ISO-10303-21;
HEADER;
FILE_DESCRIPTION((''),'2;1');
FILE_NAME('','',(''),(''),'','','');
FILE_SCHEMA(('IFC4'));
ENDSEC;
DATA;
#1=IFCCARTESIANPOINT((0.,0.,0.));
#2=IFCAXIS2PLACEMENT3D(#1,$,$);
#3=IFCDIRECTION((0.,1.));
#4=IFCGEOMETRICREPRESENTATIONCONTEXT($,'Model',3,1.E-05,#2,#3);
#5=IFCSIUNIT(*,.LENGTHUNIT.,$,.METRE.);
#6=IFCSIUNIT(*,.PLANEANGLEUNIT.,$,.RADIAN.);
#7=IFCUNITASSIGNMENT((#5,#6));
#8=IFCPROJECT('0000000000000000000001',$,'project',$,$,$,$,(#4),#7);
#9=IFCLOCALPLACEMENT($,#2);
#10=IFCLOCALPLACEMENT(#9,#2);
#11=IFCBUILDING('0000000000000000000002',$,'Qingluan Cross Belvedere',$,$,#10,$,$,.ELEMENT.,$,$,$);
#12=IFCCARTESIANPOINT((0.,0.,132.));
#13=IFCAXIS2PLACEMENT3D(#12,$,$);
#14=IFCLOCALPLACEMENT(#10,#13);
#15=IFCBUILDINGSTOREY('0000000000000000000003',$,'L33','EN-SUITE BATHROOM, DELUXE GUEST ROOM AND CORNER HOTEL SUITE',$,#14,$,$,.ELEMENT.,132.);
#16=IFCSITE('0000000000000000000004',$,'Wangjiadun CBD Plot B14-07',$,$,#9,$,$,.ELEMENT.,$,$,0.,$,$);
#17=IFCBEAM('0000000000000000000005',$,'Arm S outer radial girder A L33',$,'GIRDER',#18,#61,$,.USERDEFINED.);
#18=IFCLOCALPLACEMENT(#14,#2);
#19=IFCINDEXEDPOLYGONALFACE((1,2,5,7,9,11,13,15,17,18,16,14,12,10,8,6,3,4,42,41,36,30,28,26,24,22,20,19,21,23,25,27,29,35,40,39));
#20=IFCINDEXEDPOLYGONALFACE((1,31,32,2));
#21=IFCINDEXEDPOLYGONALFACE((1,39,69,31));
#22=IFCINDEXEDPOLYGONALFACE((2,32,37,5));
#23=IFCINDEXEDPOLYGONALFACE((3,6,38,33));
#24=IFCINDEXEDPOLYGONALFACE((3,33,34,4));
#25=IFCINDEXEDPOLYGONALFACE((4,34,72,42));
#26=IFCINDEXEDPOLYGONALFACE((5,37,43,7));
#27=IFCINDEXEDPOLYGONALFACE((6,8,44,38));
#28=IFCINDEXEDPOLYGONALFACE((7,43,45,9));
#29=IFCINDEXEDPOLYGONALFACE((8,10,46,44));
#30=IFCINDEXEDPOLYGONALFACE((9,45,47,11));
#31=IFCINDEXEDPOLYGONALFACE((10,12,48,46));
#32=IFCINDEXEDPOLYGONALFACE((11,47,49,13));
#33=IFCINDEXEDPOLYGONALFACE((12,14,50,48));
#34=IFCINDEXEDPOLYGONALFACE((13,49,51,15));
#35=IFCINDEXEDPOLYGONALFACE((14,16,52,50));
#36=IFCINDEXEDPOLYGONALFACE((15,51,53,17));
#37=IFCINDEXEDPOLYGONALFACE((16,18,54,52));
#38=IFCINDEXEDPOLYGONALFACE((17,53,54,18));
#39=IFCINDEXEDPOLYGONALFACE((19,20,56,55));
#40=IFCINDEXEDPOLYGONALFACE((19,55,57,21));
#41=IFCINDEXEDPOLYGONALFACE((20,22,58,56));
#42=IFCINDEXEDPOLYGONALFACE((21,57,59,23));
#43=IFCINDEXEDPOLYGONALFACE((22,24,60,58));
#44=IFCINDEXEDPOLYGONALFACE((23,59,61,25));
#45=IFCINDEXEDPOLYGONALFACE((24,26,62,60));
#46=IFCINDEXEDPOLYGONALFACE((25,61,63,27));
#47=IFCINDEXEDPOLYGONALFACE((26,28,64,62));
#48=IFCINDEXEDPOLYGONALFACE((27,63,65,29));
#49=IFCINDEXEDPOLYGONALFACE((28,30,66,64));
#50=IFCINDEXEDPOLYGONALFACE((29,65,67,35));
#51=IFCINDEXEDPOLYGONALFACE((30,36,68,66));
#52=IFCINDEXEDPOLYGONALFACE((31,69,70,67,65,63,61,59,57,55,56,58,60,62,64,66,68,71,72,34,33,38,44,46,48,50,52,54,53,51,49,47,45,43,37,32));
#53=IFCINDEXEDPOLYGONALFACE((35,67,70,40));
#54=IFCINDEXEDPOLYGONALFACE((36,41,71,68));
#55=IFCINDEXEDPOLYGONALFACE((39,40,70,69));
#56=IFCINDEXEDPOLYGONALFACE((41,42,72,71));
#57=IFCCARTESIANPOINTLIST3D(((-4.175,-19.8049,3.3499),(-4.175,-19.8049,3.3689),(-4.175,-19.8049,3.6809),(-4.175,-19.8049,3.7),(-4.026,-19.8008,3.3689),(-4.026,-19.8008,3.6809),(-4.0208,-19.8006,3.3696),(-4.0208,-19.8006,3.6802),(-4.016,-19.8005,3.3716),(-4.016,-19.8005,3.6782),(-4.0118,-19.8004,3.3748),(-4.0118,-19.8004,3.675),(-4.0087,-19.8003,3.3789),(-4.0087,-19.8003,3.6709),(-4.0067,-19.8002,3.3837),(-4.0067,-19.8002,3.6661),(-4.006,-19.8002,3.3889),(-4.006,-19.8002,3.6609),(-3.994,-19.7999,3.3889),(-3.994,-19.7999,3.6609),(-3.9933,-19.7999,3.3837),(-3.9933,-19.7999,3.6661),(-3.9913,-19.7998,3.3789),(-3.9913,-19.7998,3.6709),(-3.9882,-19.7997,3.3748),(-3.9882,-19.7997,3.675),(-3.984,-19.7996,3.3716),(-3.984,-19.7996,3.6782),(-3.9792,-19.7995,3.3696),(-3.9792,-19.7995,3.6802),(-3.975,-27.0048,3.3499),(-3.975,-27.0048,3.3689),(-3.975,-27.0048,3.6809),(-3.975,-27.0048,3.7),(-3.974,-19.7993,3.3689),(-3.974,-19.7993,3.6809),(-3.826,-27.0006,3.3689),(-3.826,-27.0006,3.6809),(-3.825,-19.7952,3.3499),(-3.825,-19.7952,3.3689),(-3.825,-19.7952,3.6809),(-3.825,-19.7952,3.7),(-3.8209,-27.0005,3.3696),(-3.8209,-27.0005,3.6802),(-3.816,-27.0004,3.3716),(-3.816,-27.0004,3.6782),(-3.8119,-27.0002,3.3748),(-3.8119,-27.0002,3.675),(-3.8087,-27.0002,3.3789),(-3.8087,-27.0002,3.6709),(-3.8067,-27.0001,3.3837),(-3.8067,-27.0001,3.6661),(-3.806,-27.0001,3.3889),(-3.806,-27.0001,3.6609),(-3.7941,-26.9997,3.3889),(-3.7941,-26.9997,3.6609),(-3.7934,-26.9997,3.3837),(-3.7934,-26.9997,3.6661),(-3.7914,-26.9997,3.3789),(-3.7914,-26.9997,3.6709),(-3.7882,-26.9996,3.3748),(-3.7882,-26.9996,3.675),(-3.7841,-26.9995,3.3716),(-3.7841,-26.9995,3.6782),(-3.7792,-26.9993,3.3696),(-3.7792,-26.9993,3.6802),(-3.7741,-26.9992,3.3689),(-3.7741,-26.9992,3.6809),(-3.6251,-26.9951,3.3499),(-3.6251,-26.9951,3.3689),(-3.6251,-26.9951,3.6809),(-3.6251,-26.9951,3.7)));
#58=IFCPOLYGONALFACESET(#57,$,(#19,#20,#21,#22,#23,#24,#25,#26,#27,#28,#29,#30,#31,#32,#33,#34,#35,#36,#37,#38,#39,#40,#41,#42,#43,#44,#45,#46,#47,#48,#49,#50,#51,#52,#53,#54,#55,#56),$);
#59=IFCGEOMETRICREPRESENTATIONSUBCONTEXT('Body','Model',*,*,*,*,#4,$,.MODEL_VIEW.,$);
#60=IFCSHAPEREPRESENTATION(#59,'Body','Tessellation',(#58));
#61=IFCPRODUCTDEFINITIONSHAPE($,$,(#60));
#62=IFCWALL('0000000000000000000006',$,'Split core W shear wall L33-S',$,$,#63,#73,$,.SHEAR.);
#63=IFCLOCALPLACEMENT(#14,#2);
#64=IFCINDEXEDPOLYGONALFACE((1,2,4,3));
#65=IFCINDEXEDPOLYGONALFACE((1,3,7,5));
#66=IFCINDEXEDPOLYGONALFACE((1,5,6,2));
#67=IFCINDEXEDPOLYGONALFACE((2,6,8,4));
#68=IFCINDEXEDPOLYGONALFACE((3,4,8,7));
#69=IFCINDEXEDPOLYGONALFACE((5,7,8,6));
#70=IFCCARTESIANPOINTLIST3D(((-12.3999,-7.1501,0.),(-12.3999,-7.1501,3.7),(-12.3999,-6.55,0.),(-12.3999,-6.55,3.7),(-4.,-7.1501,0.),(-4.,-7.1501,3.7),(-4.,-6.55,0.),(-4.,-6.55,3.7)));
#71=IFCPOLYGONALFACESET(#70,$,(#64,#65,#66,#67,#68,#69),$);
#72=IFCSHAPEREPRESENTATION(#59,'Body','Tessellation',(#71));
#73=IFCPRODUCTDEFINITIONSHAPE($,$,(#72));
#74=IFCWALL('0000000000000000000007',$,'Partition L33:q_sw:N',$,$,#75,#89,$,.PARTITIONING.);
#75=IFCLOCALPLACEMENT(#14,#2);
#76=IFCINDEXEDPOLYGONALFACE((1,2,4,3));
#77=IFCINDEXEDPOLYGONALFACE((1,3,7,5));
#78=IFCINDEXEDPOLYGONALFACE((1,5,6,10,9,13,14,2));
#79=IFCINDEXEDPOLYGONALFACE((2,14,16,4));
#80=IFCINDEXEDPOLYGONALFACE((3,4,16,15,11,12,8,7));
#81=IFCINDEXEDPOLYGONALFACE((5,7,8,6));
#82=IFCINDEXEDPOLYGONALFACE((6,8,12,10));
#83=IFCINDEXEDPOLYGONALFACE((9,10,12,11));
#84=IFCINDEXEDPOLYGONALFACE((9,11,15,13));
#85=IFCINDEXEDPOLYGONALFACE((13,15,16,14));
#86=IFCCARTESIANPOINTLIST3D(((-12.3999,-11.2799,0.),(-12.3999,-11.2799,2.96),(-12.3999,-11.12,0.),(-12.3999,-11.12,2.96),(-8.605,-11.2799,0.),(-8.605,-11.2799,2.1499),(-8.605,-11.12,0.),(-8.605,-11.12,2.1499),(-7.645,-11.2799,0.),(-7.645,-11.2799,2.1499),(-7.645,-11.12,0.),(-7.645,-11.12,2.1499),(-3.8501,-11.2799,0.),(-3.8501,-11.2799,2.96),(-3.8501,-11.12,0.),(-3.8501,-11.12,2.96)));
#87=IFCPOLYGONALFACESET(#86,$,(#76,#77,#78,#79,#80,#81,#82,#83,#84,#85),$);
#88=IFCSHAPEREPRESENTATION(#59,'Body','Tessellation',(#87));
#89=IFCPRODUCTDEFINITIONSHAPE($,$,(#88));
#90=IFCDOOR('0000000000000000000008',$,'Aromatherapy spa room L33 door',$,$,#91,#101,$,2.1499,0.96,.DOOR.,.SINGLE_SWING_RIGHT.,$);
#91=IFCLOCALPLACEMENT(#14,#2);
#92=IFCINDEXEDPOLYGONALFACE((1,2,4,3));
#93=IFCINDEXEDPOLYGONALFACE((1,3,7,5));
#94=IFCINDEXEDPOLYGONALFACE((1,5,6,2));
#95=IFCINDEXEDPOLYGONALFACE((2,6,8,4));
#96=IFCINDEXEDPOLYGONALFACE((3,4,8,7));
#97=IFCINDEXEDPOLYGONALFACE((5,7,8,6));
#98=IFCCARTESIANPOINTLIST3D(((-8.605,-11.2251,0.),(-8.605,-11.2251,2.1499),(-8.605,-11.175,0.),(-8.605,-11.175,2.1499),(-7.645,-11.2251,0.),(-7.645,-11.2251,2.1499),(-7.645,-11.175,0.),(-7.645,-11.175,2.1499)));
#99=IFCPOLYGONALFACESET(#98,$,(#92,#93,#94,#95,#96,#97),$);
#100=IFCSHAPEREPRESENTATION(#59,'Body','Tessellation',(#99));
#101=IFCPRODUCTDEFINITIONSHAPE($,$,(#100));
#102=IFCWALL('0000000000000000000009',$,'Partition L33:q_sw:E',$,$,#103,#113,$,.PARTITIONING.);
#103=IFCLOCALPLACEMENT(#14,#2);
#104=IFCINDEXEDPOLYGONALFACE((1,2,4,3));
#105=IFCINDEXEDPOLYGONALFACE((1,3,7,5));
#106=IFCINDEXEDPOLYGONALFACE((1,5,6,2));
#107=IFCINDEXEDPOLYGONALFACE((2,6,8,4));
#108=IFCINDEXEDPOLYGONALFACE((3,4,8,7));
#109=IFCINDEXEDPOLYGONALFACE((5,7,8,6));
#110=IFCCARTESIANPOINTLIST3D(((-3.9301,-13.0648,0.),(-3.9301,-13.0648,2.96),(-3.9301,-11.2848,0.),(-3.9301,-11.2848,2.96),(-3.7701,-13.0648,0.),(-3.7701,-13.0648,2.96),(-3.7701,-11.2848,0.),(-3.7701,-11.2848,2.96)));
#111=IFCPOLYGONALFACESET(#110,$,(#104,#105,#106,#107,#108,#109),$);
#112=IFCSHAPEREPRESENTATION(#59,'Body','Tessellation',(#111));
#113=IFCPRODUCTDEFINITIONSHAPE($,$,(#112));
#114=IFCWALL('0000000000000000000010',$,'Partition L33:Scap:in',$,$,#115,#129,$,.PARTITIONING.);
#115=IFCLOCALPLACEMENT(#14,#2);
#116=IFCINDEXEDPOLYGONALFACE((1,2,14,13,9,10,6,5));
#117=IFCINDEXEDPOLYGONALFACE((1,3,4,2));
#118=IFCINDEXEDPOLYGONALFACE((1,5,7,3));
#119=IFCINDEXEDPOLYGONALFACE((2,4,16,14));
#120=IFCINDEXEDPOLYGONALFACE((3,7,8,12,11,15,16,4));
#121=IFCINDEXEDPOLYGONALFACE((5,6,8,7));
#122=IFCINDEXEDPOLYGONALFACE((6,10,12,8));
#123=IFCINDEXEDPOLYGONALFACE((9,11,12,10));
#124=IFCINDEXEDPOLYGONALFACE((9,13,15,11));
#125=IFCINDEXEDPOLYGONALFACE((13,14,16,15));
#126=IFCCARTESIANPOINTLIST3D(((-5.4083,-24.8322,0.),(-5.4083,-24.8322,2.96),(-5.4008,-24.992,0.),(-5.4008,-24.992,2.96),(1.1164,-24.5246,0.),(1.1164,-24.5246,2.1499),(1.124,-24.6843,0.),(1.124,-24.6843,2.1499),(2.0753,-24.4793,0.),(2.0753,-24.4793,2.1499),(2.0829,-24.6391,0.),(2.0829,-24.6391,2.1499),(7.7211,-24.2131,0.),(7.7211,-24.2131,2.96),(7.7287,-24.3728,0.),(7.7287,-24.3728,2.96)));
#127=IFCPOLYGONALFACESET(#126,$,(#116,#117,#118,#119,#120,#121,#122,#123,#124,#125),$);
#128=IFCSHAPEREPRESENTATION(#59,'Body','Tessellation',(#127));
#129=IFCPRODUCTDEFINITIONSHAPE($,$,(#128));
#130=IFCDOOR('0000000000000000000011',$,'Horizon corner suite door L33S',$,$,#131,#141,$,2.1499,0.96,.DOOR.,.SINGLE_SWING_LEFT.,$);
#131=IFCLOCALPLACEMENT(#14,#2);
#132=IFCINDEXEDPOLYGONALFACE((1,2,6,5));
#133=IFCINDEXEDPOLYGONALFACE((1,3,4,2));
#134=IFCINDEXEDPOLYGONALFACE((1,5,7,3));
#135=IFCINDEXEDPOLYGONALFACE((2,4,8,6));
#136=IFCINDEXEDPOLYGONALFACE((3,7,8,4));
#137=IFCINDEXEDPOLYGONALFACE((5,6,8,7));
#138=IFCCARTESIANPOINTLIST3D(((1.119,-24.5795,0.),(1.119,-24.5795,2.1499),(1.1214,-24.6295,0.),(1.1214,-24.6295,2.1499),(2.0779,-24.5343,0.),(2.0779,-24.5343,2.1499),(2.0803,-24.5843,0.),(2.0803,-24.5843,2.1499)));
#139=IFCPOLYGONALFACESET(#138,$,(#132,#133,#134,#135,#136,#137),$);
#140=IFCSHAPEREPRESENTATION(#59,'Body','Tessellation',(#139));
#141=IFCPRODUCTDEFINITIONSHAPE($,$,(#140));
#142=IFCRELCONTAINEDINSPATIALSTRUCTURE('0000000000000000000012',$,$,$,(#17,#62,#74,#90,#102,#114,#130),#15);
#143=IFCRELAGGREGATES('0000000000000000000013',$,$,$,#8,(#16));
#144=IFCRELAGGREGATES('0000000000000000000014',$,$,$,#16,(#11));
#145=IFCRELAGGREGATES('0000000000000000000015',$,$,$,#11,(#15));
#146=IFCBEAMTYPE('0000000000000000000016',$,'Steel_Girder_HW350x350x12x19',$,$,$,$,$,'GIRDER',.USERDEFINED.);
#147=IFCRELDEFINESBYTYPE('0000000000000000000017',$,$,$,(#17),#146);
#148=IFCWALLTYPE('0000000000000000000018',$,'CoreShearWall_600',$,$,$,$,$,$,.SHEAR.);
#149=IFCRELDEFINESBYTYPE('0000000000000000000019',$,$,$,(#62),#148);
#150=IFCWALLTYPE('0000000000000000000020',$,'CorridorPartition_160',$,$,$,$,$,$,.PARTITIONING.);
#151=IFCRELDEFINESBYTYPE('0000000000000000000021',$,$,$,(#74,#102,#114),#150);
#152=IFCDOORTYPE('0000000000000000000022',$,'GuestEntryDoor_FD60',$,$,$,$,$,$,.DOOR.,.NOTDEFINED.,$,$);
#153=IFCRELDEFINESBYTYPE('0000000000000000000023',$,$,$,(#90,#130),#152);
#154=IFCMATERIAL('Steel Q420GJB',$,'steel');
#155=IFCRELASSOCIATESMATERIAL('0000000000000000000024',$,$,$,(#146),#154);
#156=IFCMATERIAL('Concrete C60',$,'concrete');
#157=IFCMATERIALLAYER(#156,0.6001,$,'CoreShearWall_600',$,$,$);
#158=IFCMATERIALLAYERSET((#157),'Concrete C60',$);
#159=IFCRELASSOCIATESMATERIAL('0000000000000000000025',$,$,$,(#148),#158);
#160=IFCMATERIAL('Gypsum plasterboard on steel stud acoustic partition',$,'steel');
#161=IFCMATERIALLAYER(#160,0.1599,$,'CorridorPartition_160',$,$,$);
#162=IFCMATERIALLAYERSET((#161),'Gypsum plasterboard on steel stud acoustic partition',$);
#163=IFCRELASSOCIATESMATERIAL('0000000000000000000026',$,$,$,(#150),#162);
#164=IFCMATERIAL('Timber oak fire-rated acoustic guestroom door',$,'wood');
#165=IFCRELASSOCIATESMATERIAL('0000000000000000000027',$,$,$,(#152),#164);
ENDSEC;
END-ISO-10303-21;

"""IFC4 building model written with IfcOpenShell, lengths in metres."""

from ifc_helpers import new_model, si_unit, direction, frame, frame_2d, origin, origin_2d, place, context, subcontext, project, spatial, rectangle, i_section, extrude, material, layer, layer_set, material_profile, profile_set, type_object, element, fill, save


model = new_model("IFC4")

# Units and contexts
model_context = context("Model", 3, precision=1e-05, world=origin(), true_north=direction((0.0, 1.0)))
body_context = subcontext(model_context, "Body", "Model", "MODEL_VIEW")
ifc_project = project(units=[si_unit("LENGTHUNIT", "METRE"), si_unit("PLANEANGLEUNIT", "RADIAN")], contexts=[model_context])

# Site, building, storey
site_placement = place(None, origin())
site = spatial("IfcSite", under=ifc_project, at=site_placement, Name="Wangjiadun CBD Plot B14-07", CompositionType="ELEMENT", RefElevation=0.0)
building_placement = place(site_placement, origin())
building = spatial("IfcBuilding", under=site, at=building_placement, Name="Qingluan Cross Belvedere", CompositionType="ELEMENT")
storey_placement = place(building_placement, frame((0.0, 0.0, 132.0)))
storey = spatial("IfcBuildingStorey", under=building, at=storey_placement, Name="L33", Description="EN-SUITE BATHROOM, DELUXE GUEST ROOM AND CORNER HOTEL SUITE", CompositionType="ELEMENT", Elevation=132.0)

# Beam
ifc_material_1 = material(Name="Steel Q420GJB", Category="steel")
ifc_material_profile_1 = material_profile(ifc_material_1, i_section(OverallWidth=0.3501, OverallDepth=0.3501, WebThickness=0.012, FlangeThickness=0.019, FilletRadius=0.02, at=origin_2d()), Name="HW350x350x12x19")
ifc_profile_set_1 = profile_set([ifc_material_profile_1], Name="Steel Q420GJB")
beam_type_1 = type_object("IfcBeamType", Name="Steel_Girder_HW350x350x12x19", ElementType="GIRDER", PredefinedType="USERDEFINED", material=ifc_profile_set_1)
beam_1_placement = place(storey_placement, frame((-4.0, -19.8, 3.5249), z_axis=(0.02776, -0.999615, 0.0), x_axis=(0.999615, 0.02776, 0.0)))
element("IfcBeam", 1, at=beam_1_placement, inside=storey, type_object=beam_type_1, Name="Arm S outer radial girder A L33", ObjectType="GIRDER", PredefinedType="USERDEFINED", context=body_context, shape_type="SweptSolid", body=[
    extrude(i_section(OverallWidth=0.3501, OverallDepth=0.3501, WebThickness=0.012, FlangeThickness=0.019, FilletRadius=0.02, at=origin_2d()), origin(), (0.0, 0.0, 1.0), 7.2026),
])

# Wall
ifc_material_2 = material(Name="Concrete C60", Category="concrete")
ifc_layer_1 = layer(ifc_material_2, 0.6001, Name="CoreShearWall_600")
ifc_layer_set_1 = layer_set([ifc_layer_1], Name="Concrete C60")
wall_type_1 = type_object("IfcWallType", Name="CoreShearWall_600", PredefinedType="SHEAR", material=ifc_layer_set_1)
wall_1_placement = place(storey_placement, frame((-12.3999, -6.8501, 0.0), z_axis=(0.0, 0.0, 1.0), x_axis=(1.0, 0.0, 0.0)))
element("IfcWall", 2, at=wall_1_placement, inside=storey, type_object=wall_type_1, Name="Split core W shear wall L33-S", PredefinedType="SHEAR", context=body_context, shape_type="SweptSolid", body=[
    extrude(rectangle(XDim=8.3999, YDim=0.6001, at=frame_2d((4.2, 0.0))), origin(), (0.0, 0.0, 1.0), 3.7),
])

# Wall, opening, door
ifc_material_3 = material(Name="Gypsum plasterboard on steel stud acoustic partition", Category="steel")
ifc_layer_2 = layer(ifc_material_3, 0.1599, Name="CorridorPartition_160")
ifc_layer_set_2 = layer_set([ifc_layer_2], Name="Gypsum plasterboard on steel stud acoustic partition")
wall_type_2 = type_object("IfcWallType", Name="CorridorPartition_160", PredefinedType="PARTITIONING", material=ifc_layer_set_2)
wall_2_placement = place(storey_placement, frame((-12.3999, -11.2, 0.0), z_axis=(0.0, 0.0, 1.0), x_axis=(1.0, 0.0, 0.0)))
wall_2 = element("IfcWall", 3, at=wall_2_placement, inside=storey, type_object=wall_type_2, Name="Partition L33:q_sw:N", PredefinedType="PARTITIONING", context=body_context, shape_type="SweptSolid", body=[
    extrude(rectangle(XDim=8.5498, YDim=0.1599, at=frame_2d((4.2749, 0.0))), origin(), (0.0, 0.0, 1.0), 2.96),
])
opening_1_placement = place(wall_2_placement, frame((3.7949, 0.0, 0.0)))
opening_1 = element("IfcOpeningElement", 4, at=opening_1_placement, cuts=wall_2, PredefinedType="OPENING", context=body_context, shape_type="SweptSolid", body=[
    extrude(rectangle(XDim=0.96, YDim=2.1499, at=frame_2d((0.48, 1.075))), frame((0.0, 0.0898, 0.0), z_axis=(0.0, -1.0, 0.0), x_axis=(1.0, 0.0, 0.0)), (0.0, 0.0, 1.0), 0.1799),
])
ifc_material_4 = material(Name="Timber oak fire-rated acoustic guestroom door", Category="wood")
door_type = type_object("IfcDoorType", Name="GuestEntryDoor_FD60", OperationType="NOTDEFINED", PredefinedType="DOOR", material=ifc_material_4)
door_1_placement = place(opening_1_placement, origin())
door_1 = element("IfcDoor", 5, at=door_1_placement, inside=storey, type_object=door_type, Name="Aromatherapy spa room L33 door", OperationType="SINGLE_SWING_RIGHT", OverallHeight=2.1499, OverallWidth=0.96, PredefinedType="DOOR", context=body_context, shape_type="SweptSolid", body=[
    extrude(rectangle(XDim=0.96, YDim=2.1499, at=frame_2d((0.48, 1.075))), frame((0.0, 0.0249, 0.0), z_axis=(0.0, -1.0, 0.0), x_axis=(1.0, 0.0, 0.0)), (0.0, 0.0, 1.0), 0.05),
])
fill(opening_1, door_1)

# Wall
wall_3_placement = place(storey_placement, frame((-3.8501, -13.0649, 0.0), z_axis=(0.0, 0.0, 1.0), x_axis=(0.0, 1.0, 0.0)))
element("IfcWall", 6, at=wall_3_placement, inside=storey, type_object=wall_type_2, Name="Partition L33:q_sw:E", PredefinedType="PARTITIONING", context=body_context, shape_type="SweptSolid", body=[
    extrude(rectangle(XDim=1.78, YDim=0.1599, at=frame_2d((0.8901, 0.0))), origin(), (0.0, 0.0, 1.0), 2.96),
])

# Wall, opening, door
wall_4_placement = place(storey_placement, frame((-5.4045, -24.9121, 0.0), z_axis=(0.0, 0.0, 1.0), x_axis=(0.99889, 0.047104, 0.0)))
wall_4 = element("IfcWall", 7, at=wall_4_placement, inside=storey, type_object=wall_type_2, Name="Partition L33:Scap:in", PredefinedType="PARTITIONING", context=body_context, shape_type="SweptSolid", body=[
    extrude(rectangle(XDim=13.144, YDim=0.1599, at=frame_2d((6.572, 0.0))), origin(), (0.0, 0.0, 1.0), 2.96),
])
opening_2_placement = place(wall_4_placement, frame((6.532, 0.0, 0.0)))
opening_2 = element("IfcOpeningElement", 8, at=opening_2_placement, cuts=wall_4, PredefinedType="OPENING", context=body_context, shape_type="SweptSolid", body=[
    extrude(rectangle(XDim=0.96, YDim=2.1499, at=frame_2d((0.48, 1.075))), frame((0.0, 0.0898, 0.0), z_axis=(0.0, -1.0, 0.0), x_axis=(1.0, 0.0, 0.0)), (0.0, 0.0, 1.0), 0.1799),
])
door_2_placement = place(opening_2_placement, origin())
door_2 = element("IfcDoor", 9, at=door_2_placement, inside=storey, type_object=door_type, Name="Horizon corner suite door L33S", OperationType="SINGLE_SWING_LEFT", OverallHeight=2.1499, OverallWidth=0.96, PredefinedType="DOOR", context=body_context, shape_type="SweptSolid", body=[
    extrude(rectangle(XDim=0.96, YDim=2.1499, at=frame_2d((0.48, 1.075))), frame((0.0, 0.0249, 0.0), z_axis=(0.0, -1.0, 0.0), x_axis=(1.0, 0.0, 0.0)), (0.0, 0.0, 1.0), 0.05),
])
fill(opening_2, door_2)

save(model, "model.ifc")
